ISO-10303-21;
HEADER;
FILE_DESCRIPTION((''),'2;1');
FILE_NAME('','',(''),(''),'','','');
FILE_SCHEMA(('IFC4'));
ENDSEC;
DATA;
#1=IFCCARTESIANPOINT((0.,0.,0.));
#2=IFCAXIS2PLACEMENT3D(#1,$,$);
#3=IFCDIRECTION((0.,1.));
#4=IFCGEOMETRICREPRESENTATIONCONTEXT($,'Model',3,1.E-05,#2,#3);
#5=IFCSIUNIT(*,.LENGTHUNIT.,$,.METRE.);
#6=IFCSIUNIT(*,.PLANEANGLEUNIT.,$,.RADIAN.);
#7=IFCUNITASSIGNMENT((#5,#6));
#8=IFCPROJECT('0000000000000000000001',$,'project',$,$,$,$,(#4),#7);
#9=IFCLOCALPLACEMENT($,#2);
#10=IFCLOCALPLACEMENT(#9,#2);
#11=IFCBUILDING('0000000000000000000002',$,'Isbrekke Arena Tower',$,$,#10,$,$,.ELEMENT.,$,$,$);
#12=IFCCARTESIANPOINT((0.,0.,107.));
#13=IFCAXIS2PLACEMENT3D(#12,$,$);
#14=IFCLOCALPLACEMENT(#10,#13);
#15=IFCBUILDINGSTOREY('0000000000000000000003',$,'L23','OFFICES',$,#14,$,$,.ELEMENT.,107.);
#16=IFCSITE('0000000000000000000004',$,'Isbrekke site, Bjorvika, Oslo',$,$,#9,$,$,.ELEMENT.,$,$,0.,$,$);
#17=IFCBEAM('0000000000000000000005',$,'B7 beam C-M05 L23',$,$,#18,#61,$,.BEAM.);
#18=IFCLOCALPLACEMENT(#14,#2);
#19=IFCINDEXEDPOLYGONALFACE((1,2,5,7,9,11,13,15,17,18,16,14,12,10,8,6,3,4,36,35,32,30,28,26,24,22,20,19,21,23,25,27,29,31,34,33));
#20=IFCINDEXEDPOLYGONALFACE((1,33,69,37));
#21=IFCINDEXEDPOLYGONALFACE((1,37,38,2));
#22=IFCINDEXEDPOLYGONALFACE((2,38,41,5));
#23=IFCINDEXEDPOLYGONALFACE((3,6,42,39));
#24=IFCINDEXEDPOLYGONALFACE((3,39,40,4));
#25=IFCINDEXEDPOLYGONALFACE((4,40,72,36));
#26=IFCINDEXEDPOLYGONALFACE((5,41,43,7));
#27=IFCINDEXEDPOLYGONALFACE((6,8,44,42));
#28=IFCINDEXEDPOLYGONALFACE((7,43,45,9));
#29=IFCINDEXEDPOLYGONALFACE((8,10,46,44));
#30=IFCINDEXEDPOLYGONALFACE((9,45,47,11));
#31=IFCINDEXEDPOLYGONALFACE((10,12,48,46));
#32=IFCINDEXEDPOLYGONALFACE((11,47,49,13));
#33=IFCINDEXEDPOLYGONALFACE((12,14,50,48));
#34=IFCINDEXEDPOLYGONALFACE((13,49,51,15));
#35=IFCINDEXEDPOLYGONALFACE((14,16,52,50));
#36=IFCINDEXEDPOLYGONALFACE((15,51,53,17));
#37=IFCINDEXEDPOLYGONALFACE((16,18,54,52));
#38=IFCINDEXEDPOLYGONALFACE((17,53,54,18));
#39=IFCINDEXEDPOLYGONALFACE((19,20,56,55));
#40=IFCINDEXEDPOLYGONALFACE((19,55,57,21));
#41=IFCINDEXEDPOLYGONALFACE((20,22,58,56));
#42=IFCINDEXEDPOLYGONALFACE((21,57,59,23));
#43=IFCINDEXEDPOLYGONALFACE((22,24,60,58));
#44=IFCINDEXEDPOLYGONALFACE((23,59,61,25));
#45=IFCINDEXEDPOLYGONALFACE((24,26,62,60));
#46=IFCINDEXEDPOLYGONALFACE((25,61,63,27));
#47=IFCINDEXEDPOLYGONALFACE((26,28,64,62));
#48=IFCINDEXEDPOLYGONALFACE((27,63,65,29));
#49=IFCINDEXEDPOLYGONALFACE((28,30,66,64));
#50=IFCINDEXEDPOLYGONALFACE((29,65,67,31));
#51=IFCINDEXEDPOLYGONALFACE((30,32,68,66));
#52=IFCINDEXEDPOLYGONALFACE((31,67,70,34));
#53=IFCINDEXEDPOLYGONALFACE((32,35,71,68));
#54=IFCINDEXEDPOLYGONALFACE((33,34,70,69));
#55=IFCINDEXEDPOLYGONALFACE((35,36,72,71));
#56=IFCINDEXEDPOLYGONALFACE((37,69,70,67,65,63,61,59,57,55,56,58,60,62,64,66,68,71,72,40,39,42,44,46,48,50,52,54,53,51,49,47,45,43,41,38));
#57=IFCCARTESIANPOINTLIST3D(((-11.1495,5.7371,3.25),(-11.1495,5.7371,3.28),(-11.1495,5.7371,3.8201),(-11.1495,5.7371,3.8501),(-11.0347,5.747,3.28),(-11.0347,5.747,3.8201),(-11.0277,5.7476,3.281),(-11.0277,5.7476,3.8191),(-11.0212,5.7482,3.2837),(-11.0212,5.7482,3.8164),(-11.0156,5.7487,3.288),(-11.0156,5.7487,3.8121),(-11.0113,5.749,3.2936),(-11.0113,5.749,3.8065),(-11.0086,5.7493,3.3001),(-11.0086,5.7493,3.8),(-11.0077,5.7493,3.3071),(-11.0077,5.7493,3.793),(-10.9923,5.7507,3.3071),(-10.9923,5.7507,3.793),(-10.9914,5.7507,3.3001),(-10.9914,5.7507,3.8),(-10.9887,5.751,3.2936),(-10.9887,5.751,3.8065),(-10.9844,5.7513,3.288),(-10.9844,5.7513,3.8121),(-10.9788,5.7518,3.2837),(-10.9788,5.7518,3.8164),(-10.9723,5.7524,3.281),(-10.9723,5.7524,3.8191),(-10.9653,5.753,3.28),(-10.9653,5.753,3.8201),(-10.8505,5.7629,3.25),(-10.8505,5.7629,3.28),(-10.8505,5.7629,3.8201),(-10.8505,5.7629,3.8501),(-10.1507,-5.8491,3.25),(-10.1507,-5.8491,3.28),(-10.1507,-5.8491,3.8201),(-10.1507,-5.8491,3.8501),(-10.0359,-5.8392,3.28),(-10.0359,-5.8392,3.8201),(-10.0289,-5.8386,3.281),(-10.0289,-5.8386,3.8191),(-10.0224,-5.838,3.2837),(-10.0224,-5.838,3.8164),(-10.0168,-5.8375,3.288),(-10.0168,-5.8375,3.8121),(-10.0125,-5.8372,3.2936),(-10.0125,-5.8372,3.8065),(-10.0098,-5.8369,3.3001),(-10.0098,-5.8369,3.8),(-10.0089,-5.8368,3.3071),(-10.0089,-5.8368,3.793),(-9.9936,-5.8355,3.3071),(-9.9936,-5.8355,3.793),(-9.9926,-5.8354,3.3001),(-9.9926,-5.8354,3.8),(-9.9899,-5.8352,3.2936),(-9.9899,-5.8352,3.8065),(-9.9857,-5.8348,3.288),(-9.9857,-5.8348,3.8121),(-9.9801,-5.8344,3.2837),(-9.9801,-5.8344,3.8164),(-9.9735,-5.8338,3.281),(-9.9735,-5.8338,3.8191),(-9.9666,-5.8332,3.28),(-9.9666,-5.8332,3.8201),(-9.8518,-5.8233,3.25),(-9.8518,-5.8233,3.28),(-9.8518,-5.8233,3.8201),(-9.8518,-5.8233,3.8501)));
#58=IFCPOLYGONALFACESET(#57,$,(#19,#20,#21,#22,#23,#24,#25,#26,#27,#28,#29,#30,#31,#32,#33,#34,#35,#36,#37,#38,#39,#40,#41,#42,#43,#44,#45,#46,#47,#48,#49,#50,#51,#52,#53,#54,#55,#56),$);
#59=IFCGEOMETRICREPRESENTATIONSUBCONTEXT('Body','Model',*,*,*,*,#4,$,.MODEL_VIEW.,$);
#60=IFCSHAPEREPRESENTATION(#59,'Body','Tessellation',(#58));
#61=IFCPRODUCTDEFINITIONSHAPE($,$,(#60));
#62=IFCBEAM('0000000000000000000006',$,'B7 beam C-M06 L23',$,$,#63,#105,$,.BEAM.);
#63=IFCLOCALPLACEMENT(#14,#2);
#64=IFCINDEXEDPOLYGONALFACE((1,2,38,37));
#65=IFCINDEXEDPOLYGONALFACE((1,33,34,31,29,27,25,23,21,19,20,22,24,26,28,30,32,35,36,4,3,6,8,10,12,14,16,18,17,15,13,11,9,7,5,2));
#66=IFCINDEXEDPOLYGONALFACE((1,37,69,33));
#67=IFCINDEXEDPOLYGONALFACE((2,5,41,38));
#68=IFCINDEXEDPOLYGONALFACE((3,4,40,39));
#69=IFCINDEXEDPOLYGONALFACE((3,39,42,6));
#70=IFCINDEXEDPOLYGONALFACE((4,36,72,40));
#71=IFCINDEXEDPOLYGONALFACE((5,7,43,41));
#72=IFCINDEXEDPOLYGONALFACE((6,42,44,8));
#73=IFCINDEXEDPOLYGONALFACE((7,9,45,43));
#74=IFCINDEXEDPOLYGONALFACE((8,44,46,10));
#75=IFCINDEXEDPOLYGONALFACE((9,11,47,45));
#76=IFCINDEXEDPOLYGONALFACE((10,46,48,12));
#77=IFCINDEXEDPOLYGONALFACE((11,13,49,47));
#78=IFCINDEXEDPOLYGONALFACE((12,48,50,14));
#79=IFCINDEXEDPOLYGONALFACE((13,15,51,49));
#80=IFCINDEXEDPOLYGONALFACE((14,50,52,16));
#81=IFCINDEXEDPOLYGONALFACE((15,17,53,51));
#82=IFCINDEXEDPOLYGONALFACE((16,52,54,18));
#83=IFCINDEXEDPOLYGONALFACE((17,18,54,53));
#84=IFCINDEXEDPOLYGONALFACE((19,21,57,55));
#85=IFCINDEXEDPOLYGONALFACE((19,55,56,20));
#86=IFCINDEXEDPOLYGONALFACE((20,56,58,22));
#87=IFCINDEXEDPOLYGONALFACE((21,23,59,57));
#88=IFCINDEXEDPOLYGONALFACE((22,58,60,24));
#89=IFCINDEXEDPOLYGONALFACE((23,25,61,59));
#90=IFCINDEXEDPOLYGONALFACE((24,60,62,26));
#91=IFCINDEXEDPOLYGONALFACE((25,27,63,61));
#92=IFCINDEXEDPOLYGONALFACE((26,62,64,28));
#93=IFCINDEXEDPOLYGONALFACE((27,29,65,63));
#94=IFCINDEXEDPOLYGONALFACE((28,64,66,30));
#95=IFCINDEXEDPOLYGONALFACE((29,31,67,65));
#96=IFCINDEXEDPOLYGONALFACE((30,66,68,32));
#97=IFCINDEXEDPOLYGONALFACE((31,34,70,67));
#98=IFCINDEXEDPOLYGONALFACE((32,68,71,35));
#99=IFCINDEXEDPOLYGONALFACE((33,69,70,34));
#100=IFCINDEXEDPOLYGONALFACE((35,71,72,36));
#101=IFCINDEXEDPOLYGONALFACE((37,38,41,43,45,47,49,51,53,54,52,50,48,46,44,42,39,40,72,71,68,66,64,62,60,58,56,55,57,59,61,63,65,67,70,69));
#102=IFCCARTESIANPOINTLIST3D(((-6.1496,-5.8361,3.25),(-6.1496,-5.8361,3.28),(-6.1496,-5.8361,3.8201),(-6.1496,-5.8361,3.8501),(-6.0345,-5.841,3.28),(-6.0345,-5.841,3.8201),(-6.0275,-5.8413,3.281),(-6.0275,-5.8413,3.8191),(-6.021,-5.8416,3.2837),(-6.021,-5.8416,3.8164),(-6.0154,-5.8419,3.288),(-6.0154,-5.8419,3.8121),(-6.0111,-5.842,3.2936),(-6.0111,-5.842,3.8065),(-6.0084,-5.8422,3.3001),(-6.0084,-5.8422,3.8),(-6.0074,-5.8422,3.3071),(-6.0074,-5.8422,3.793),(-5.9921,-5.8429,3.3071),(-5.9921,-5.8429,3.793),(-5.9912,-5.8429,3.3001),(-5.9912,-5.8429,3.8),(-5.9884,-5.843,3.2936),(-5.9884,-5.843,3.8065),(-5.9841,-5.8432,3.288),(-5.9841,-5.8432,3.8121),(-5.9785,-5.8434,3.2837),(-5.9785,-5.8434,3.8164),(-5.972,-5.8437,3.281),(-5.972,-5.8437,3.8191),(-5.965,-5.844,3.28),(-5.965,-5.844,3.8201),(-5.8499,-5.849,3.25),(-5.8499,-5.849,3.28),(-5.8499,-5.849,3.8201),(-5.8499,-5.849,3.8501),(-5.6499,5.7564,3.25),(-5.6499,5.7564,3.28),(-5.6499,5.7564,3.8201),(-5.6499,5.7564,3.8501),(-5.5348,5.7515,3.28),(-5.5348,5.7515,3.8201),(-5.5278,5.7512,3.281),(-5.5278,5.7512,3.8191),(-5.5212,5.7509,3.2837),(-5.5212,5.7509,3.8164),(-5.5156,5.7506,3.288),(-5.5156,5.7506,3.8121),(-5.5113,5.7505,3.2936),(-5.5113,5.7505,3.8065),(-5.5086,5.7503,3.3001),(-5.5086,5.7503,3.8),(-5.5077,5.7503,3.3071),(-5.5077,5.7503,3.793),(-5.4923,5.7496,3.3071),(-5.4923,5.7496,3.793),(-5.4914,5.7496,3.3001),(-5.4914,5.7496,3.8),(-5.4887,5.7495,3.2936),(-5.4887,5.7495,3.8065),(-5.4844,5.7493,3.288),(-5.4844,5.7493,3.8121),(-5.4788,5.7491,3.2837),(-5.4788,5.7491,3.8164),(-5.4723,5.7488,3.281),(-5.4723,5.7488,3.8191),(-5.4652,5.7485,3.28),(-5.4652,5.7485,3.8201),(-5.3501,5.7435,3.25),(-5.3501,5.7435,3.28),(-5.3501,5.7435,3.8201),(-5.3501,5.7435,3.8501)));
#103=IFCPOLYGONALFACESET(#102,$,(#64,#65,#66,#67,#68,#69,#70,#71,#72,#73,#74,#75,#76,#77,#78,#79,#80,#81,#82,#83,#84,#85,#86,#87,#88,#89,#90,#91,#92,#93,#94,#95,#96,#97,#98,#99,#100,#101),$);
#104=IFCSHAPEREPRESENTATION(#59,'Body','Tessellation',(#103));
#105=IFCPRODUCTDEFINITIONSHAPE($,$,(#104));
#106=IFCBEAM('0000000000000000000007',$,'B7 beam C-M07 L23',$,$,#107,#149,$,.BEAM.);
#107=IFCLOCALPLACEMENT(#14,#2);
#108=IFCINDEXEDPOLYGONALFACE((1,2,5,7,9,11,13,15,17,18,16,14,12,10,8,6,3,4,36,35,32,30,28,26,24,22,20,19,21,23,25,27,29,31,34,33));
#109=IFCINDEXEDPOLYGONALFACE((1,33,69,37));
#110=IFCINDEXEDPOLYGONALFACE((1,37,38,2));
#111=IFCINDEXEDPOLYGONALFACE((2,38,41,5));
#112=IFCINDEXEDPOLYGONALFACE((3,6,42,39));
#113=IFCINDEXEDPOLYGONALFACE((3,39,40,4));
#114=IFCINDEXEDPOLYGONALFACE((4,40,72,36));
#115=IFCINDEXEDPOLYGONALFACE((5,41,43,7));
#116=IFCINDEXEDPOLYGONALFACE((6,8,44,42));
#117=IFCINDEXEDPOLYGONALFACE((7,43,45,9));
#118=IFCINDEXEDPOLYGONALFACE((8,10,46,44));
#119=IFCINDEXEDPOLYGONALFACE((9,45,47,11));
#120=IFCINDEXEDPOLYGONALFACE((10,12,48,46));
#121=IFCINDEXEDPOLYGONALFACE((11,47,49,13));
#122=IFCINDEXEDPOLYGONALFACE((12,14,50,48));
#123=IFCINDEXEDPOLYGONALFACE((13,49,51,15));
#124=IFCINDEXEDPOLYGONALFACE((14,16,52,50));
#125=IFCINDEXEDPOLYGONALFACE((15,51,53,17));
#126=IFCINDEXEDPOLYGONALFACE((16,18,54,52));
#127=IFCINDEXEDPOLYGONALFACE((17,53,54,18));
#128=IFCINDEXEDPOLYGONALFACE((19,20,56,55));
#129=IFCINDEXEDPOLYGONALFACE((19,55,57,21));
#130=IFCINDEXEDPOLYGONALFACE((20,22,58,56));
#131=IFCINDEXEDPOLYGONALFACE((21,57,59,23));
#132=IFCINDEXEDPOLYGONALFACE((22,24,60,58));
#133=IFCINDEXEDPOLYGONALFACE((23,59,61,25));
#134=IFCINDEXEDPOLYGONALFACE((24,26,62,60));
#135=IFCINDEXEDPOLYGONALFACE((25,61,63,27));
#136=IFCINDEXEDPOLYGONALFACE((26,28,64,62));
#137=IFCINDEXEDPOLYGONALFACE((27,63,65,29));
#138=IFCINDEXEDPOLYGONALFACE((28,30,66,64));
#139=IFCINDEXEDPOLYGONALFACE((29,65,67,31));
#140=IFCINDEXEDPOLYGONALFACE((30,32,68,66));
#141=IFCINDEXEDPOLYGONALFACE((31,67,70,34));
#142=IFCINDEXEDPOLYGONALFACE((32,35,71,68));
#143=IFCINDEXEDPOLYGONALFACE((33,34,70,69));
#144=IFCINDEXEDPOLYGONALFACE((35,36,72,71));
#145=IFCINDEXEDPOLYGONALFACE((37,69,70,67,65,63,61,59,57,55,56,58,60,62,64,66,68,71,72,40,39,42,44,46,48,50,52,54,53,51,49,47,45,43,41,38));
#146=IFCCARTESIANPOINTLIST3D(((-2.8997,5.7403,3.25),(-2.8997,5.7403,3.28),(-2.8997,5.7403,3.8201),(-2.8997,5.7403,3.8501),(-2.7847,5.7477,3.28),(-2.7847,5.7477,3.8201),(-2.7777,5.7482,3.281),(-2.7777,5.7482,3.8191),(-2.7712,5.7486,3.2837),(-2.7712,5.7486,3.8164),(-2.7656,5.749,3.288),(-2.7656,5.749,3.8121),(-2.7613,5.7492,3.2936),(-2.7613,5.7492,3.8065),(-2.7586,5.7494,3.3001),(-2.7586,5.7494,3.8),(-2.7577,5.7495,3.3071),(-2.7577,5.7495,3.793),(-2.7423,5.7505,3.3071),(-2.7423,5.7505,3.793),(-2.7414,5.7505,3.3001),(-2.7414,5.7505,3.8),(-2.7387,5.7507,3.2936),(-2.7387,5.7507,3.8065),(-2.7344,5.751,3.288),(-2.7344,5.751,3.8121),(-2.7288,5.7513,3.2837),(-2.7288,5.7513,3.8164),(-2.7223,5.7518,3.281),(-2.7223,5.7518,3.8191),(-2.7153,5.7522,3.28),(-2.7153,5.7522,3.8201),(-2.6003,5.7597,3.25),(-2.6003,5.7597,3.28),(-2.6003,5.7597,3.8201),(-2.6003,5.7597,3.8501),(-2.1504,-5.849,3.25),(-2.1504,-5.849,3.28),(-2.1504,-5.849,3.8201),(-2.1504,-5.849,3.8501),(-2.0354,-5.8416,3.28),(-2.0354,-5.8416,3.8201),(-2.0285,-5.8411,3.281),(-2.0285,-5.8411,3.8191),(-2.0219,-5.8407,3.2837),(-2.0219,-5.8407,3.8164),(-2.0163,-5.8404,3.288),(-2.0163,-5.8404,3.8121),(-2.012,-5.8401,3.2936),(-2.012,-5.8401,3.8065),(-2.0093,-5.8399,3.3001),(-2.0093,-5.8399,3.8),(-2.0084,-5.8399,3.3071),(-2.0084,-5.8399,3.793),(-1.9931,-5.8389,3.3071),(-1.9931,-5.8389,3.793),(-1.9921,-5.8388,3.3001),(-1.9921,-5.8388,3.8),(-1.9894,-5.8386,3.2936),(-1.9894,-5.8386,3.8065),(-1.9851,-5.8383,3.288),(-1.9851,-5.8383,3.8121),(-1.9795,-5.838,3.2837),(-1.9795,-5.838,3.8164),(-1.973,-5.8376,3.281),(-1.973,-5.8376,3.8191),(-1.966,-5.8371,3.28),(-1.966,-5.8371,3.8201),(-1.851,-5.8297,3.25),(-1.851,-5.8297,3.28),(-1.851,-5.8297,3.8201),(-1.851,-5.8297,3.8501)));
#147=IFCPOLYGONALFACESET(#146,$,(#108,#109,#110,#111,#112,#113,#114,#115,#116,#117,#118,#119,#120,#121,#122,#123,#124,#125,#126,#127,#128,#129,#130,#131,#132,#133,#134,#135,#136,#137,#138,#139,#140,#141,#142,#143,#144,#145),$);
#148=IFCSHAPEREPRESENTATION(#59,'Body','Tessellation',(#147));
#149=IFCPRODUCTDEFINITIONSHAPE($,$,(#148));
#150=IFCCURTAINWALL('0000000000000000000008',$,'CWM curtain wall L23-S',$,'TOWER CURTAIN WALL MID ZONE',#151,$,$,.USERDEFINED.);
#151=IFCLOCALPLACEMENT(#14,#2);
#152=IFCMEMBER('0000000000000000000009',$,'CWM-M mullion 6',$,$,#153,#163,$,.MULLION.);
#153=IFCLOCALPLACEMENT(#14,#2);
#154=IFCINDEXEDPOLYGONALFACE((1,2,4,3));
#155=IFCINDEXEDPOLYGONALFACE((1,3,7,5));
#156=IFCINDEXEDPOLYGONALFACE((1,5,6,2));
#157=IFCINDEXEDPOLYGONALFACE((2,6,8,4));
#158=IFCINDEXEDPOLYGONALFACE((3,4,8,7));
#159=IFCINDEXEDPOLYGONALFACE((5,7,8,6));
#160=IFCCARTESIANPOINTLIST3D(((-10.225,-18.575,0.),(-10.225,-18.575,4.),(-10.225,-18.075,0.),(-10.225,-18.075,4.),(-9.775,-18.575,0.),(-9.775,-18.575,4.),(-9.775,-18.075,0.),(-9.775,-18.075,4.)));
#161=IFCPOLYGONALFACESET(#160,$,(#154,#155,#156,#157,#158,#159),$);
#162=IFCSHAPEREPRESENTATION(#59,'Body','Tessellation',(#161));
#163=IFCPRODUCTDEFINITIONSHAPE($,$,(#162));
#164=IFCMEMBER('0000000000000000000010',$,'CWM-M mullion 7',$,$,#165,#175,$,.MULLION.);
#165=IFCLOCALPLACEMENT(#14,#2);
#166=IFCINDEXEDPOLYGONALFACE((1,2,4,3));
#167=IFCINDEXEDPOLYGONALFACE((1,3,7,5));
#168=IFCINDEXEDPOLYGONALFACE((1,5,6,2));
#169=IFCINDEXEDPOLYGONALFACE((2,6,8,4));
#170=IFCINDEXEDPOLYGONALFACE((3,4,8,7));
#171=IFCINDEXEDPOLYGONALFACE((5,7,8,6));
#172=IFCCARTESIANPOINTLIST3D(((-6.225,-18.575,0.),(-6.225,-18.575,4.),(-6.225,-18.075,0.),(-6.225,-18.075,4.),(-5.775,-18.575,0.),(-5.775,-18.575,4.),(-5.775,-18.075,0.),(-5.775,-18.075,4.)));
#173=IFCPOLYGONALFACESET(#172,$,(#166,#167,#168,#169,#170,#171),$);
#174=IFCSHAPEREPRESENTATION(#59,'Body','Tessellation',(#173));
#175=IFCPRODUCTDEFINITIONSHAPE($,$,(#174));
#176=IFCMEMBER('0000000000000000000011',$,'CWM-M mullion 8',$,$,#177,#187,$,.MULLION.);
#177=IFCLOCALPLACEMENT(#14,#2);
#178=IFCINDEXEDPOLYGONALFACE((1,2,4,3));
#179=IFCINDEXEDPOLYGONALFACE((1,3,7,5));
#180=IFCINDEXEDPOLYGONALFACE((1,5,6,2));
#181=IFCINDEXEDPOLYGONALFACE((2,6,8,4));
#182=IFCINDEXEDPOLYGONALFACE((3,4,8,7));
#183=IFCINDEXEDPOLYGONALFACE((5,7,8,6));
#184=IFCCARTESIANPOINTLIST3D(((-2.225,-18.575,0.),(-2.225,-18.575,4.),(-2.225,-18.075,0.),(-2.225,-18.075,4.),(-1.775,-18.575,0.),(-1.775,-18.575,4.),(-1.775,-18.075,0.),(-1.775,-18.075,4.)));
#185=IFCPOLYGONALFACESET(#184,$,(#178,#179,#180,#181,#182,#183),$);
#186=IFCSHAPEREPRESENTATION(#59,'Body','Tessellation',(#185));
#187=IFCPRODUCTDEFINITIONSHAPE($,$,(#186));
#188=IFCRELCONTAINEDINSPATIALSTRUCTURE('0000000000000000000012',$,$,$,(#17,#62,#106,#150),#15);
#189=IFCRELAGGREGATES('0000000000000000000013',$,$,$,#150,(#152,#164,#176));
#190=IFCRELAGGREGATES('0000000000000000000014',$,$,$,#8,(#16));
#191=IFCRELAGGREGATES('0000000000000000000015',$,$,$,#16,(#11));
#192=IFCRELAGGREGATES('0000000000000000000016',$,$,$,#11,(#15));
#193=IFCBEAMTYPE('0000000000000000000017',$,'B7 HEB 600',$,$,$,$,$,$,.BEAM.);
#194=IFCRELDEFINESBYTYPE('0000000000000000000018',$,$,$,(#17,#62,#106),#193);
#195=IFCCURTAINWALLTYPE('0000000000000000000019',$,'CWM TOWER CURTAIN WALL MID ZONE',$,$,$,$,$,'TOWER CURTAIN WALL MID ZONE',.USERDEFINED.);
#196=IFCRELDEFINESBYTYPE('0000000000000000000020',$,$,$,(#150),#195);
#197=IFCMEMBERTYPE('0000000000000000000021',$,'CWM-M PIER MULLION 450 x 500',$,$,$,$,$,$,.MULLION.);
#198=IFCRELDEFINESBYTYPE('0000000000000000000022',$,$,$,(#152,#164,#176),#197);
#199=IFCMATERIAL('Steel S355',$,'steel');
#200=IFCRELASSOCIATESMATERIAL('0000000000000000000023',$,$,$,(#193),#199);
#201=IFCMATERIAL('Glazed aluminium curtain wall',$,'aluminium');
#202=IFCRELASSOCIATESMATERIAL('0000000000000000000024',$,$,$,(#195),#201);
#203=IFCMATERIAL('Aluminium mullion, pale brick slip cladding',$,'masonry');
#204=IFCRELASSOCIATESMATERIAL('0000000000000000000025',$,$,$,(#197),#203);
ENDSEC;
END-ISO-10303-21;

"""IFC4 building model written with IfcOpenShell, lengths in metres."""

from ifc_helpers import new_model, si_unit, direction, frame, origin, origin_2d, place, context, subcontext, project, spatial, rectangle, i_section, extrude, material, material_profile, profile_set, type_object, element, aggregate, save


model = new_model("IFC4")

# Units and contexts
model_context = context("Model", 3, precision=1e-05, world=origin(), true_north=direction((0.0, 1.0)))
body_context = subcontext(model_context, "Body", "Model", "MODEL_VIEW")
ifc_project = project(units=[si_unit("LENGTHUNIT", "METRE"), si_unit("PLANEANGLEUNIT", "RADIAN")], contexts=[model_context])

# Site, building, storey
site_placement = place(None, origin())
site = spatial("IfcSite", under=ifc_project, at=site_placement, Name="Isbrekke site, Bjorvika, Oslo", CompositionType="ELEMENT", RefElevation=0.0)
building_placement = place(site_placement, origin())
building = spatial("IfcBuilding", under=site, at=building_placement, Name="Isbrekke Arena Tower", CompositionType="ELEMENT")
storey_placement = place(building_placement, frame((0.0, 0.0, 107.0)))
storey = spatial("IfcBuildingStorey", under=building, at=storey_placement, Name="L23", Description="OFFICES", CompositionType="ELEMENT", Elevation=107.0)

# Beams
ifc_material_1 = material(Name="Steel S355", Category="steel")
ifc_material_profile_1 = material_profile(ifc_material_1, i_section(OverallWidth=0.3, OverallDepth=0.6001, WebThickness=0.0154, FlangeThickness=0.03, FilletRadius=0.0271, at=origin_2d()), Name="HEB 600")
ifc_profile_set_1 = profile_set([ifc_material_profile_1], Name="Steel S355")
beam_type_1 = type_object("IfcBeamType", Name="B7 HEB 600", PredefinedType="BEAM", material=ifc_profile_set_1)
beam_1_placement = place(storey_placement, frame((-10.0012, -5.8362, 3.55), z_axis=(-0.085886, 0.996305, 0.0), x_axis=(-0.996305, -0.085886, 0.0)))
element("IfcBeam", 1, at=beam_1_placement, inside=storey, type_object=beam_type_1, Name="B7 beam C-M05 L23", PredefinedType="BEAM", context=body_context, shape_type="SweptSolid", body=[
    extrude(i_section(OverallWidth=0.3, OverallDepth=0.6001, WebThickness=0.0154, FlangeThickness=0.03, FilletRadius=0.0271, at=origin_2d()), origin(), (0.0, 0.0, 1.0), 11.6292),
])
beam_2_placement = place(storey_placement, frame((-5.9998, -5.8425, 3.55), z_axis=(0.04307, 0.999072, 0.0), x_axis=(-0.999072, 0.04307, 0.0)))
element("IfcBeam", 2, at=beam_2_placement, inside=storey, type_object=beam_type_1, Name="B7 beam C-M06 L23", PredefinedType="BEAM", context=body_context, shape_type="SweptSolid", body=[
    extrude(i_section(OverallWidth=0.3, OverallDepth=0.6001, WebThickness=0.0154, FlangeThickness=0.03, FilletRadius=0.0271, at=origin_2d()), origin(), (0.0, 0.0, 1.0), 11.6033),
])
beam_3_placement = place(storey_placement, frame((-2.0007, -5.8394, 3.55), z_axis=(-0.064517, 0.997917, 0.0), x_axis=(-0.997917, -0.064517, 0.0)))
element("IfcBeam", 3, at=beam_3_placement, inside=storey, type_object=beam_type_1, Name="B7 beam C-M07 L23", PredefinedType="BEAM", context=body_context, shape_type="SweptSolid", body=[
    extrude(i_section(OverallWidth=0.3, OverallDepth=0.6001, WebThickness=0.0154, FlangeThickness=0.03, FilletRadius=0.0271, at=origin_2d()), origin(), (0.0, 0.0, 1.0), 11.6135),
])

# Curtain wall, members
ifc_material_2 = material(Name="Glazed aluminium curtain wall", Category="aluminium")
curtain_wall_type = type_object("IfcCurtainWallType", Name="CWM TOWER CURTAIN WALL MID ZONE", ElementType="TOWER CURTAIN WALL MID ZONE", PredefinedType="USERDEFINED", material=ifc_material_2)
curtain_wall_placement = place(storey_placement, origin())
curtain_wall = element("IfcCurtainWall", 4, at=curtain_wall_placement, inside=storey, type_object=curtain_wall_type, Name="CWM curtain wall L23-S", ObjectType="TOWER CURTAIN WALL MID ZONE", PredefinedType="USERDEFINED")
ifc_material_3 = material(Name="Aluminium mullion, pale brick slip cladding", Category="masonry")
ifc_material_profile_2 = material_profile(ifc_material_3, rectangle(XDim=0.45, YDim=0.5, at=origin_2d()), Name="PIER 450X500")
ifc_profile_set_2 = profile_set([ifc_material_profile_2], Name="Aluminium mullion, pale brick slip cladding")
member_type_1 = type_object("IfcMemberType", Name="CWM-M PIER MULLION 450 x 500", PredefinedType="MULLION", material=ifc_profile_set_2)
member_1_placement = place(storey_placement, frame((-10.0, -18.325, 0.0), z_axis=(0.0, 0.0, 1.0), x_axis=(1.0, 0.0, 0.0)))
member_1 = element("IfcMember", 5, at=member_1_placement, type_object=member_type_1, Name="CWM-M mullion 6", PredefinedType="MULLION", context=body_context, shape_type="SweptSolid", body=[
    extrude(rectangle(XDim=0.45, YDim=0.5, at=origin_2d()), origin(), (0.0, 0.0, 1.0), 4.0),
])
member_2_placement = place(storey_placement, frame((-6.0, -18.325, 0.0), z_axis=(0.0, 0.0, 1.0), x_axis=(1.0, 0.0, 0.0)))
member_2 = element("IfcMember", 6, at=member_2_placement, type_object=member_type_1, Name="CWM-M mullion 7", PredefinedType="MULLION", context=body_context, shape_type="SweptSolid", body=[
    extrude(rectangle(XDim=0.45, YDim=0.5, at=origin_2d()), origin(), (0.0, 0.0, 1.0), 4.0),
])
member_3_placement = place(storey_placement, frame((-2.0, -18.325, 0.0), z_axis=(0.0, 0.0, 1.0), x_axis=(1.0, 0.0, 0.0)))
member_3 = element("IfcMember", 7, at=member_3_placement, type_object=member_type_1, Name="CWM-M mullion 8", PredefinedType="MULLION", context=body_context, shape_type="SweptSolid", body=[
    extrude(rectangle(XDim=0.45, YDim=0.5, at=origin_2d()), origin(), (0.0, 0.0, 1.0), 4.0),
])

aggregate(curtain_wall, [member_1, member_2, member_3])

save(model, "model.ifc")
